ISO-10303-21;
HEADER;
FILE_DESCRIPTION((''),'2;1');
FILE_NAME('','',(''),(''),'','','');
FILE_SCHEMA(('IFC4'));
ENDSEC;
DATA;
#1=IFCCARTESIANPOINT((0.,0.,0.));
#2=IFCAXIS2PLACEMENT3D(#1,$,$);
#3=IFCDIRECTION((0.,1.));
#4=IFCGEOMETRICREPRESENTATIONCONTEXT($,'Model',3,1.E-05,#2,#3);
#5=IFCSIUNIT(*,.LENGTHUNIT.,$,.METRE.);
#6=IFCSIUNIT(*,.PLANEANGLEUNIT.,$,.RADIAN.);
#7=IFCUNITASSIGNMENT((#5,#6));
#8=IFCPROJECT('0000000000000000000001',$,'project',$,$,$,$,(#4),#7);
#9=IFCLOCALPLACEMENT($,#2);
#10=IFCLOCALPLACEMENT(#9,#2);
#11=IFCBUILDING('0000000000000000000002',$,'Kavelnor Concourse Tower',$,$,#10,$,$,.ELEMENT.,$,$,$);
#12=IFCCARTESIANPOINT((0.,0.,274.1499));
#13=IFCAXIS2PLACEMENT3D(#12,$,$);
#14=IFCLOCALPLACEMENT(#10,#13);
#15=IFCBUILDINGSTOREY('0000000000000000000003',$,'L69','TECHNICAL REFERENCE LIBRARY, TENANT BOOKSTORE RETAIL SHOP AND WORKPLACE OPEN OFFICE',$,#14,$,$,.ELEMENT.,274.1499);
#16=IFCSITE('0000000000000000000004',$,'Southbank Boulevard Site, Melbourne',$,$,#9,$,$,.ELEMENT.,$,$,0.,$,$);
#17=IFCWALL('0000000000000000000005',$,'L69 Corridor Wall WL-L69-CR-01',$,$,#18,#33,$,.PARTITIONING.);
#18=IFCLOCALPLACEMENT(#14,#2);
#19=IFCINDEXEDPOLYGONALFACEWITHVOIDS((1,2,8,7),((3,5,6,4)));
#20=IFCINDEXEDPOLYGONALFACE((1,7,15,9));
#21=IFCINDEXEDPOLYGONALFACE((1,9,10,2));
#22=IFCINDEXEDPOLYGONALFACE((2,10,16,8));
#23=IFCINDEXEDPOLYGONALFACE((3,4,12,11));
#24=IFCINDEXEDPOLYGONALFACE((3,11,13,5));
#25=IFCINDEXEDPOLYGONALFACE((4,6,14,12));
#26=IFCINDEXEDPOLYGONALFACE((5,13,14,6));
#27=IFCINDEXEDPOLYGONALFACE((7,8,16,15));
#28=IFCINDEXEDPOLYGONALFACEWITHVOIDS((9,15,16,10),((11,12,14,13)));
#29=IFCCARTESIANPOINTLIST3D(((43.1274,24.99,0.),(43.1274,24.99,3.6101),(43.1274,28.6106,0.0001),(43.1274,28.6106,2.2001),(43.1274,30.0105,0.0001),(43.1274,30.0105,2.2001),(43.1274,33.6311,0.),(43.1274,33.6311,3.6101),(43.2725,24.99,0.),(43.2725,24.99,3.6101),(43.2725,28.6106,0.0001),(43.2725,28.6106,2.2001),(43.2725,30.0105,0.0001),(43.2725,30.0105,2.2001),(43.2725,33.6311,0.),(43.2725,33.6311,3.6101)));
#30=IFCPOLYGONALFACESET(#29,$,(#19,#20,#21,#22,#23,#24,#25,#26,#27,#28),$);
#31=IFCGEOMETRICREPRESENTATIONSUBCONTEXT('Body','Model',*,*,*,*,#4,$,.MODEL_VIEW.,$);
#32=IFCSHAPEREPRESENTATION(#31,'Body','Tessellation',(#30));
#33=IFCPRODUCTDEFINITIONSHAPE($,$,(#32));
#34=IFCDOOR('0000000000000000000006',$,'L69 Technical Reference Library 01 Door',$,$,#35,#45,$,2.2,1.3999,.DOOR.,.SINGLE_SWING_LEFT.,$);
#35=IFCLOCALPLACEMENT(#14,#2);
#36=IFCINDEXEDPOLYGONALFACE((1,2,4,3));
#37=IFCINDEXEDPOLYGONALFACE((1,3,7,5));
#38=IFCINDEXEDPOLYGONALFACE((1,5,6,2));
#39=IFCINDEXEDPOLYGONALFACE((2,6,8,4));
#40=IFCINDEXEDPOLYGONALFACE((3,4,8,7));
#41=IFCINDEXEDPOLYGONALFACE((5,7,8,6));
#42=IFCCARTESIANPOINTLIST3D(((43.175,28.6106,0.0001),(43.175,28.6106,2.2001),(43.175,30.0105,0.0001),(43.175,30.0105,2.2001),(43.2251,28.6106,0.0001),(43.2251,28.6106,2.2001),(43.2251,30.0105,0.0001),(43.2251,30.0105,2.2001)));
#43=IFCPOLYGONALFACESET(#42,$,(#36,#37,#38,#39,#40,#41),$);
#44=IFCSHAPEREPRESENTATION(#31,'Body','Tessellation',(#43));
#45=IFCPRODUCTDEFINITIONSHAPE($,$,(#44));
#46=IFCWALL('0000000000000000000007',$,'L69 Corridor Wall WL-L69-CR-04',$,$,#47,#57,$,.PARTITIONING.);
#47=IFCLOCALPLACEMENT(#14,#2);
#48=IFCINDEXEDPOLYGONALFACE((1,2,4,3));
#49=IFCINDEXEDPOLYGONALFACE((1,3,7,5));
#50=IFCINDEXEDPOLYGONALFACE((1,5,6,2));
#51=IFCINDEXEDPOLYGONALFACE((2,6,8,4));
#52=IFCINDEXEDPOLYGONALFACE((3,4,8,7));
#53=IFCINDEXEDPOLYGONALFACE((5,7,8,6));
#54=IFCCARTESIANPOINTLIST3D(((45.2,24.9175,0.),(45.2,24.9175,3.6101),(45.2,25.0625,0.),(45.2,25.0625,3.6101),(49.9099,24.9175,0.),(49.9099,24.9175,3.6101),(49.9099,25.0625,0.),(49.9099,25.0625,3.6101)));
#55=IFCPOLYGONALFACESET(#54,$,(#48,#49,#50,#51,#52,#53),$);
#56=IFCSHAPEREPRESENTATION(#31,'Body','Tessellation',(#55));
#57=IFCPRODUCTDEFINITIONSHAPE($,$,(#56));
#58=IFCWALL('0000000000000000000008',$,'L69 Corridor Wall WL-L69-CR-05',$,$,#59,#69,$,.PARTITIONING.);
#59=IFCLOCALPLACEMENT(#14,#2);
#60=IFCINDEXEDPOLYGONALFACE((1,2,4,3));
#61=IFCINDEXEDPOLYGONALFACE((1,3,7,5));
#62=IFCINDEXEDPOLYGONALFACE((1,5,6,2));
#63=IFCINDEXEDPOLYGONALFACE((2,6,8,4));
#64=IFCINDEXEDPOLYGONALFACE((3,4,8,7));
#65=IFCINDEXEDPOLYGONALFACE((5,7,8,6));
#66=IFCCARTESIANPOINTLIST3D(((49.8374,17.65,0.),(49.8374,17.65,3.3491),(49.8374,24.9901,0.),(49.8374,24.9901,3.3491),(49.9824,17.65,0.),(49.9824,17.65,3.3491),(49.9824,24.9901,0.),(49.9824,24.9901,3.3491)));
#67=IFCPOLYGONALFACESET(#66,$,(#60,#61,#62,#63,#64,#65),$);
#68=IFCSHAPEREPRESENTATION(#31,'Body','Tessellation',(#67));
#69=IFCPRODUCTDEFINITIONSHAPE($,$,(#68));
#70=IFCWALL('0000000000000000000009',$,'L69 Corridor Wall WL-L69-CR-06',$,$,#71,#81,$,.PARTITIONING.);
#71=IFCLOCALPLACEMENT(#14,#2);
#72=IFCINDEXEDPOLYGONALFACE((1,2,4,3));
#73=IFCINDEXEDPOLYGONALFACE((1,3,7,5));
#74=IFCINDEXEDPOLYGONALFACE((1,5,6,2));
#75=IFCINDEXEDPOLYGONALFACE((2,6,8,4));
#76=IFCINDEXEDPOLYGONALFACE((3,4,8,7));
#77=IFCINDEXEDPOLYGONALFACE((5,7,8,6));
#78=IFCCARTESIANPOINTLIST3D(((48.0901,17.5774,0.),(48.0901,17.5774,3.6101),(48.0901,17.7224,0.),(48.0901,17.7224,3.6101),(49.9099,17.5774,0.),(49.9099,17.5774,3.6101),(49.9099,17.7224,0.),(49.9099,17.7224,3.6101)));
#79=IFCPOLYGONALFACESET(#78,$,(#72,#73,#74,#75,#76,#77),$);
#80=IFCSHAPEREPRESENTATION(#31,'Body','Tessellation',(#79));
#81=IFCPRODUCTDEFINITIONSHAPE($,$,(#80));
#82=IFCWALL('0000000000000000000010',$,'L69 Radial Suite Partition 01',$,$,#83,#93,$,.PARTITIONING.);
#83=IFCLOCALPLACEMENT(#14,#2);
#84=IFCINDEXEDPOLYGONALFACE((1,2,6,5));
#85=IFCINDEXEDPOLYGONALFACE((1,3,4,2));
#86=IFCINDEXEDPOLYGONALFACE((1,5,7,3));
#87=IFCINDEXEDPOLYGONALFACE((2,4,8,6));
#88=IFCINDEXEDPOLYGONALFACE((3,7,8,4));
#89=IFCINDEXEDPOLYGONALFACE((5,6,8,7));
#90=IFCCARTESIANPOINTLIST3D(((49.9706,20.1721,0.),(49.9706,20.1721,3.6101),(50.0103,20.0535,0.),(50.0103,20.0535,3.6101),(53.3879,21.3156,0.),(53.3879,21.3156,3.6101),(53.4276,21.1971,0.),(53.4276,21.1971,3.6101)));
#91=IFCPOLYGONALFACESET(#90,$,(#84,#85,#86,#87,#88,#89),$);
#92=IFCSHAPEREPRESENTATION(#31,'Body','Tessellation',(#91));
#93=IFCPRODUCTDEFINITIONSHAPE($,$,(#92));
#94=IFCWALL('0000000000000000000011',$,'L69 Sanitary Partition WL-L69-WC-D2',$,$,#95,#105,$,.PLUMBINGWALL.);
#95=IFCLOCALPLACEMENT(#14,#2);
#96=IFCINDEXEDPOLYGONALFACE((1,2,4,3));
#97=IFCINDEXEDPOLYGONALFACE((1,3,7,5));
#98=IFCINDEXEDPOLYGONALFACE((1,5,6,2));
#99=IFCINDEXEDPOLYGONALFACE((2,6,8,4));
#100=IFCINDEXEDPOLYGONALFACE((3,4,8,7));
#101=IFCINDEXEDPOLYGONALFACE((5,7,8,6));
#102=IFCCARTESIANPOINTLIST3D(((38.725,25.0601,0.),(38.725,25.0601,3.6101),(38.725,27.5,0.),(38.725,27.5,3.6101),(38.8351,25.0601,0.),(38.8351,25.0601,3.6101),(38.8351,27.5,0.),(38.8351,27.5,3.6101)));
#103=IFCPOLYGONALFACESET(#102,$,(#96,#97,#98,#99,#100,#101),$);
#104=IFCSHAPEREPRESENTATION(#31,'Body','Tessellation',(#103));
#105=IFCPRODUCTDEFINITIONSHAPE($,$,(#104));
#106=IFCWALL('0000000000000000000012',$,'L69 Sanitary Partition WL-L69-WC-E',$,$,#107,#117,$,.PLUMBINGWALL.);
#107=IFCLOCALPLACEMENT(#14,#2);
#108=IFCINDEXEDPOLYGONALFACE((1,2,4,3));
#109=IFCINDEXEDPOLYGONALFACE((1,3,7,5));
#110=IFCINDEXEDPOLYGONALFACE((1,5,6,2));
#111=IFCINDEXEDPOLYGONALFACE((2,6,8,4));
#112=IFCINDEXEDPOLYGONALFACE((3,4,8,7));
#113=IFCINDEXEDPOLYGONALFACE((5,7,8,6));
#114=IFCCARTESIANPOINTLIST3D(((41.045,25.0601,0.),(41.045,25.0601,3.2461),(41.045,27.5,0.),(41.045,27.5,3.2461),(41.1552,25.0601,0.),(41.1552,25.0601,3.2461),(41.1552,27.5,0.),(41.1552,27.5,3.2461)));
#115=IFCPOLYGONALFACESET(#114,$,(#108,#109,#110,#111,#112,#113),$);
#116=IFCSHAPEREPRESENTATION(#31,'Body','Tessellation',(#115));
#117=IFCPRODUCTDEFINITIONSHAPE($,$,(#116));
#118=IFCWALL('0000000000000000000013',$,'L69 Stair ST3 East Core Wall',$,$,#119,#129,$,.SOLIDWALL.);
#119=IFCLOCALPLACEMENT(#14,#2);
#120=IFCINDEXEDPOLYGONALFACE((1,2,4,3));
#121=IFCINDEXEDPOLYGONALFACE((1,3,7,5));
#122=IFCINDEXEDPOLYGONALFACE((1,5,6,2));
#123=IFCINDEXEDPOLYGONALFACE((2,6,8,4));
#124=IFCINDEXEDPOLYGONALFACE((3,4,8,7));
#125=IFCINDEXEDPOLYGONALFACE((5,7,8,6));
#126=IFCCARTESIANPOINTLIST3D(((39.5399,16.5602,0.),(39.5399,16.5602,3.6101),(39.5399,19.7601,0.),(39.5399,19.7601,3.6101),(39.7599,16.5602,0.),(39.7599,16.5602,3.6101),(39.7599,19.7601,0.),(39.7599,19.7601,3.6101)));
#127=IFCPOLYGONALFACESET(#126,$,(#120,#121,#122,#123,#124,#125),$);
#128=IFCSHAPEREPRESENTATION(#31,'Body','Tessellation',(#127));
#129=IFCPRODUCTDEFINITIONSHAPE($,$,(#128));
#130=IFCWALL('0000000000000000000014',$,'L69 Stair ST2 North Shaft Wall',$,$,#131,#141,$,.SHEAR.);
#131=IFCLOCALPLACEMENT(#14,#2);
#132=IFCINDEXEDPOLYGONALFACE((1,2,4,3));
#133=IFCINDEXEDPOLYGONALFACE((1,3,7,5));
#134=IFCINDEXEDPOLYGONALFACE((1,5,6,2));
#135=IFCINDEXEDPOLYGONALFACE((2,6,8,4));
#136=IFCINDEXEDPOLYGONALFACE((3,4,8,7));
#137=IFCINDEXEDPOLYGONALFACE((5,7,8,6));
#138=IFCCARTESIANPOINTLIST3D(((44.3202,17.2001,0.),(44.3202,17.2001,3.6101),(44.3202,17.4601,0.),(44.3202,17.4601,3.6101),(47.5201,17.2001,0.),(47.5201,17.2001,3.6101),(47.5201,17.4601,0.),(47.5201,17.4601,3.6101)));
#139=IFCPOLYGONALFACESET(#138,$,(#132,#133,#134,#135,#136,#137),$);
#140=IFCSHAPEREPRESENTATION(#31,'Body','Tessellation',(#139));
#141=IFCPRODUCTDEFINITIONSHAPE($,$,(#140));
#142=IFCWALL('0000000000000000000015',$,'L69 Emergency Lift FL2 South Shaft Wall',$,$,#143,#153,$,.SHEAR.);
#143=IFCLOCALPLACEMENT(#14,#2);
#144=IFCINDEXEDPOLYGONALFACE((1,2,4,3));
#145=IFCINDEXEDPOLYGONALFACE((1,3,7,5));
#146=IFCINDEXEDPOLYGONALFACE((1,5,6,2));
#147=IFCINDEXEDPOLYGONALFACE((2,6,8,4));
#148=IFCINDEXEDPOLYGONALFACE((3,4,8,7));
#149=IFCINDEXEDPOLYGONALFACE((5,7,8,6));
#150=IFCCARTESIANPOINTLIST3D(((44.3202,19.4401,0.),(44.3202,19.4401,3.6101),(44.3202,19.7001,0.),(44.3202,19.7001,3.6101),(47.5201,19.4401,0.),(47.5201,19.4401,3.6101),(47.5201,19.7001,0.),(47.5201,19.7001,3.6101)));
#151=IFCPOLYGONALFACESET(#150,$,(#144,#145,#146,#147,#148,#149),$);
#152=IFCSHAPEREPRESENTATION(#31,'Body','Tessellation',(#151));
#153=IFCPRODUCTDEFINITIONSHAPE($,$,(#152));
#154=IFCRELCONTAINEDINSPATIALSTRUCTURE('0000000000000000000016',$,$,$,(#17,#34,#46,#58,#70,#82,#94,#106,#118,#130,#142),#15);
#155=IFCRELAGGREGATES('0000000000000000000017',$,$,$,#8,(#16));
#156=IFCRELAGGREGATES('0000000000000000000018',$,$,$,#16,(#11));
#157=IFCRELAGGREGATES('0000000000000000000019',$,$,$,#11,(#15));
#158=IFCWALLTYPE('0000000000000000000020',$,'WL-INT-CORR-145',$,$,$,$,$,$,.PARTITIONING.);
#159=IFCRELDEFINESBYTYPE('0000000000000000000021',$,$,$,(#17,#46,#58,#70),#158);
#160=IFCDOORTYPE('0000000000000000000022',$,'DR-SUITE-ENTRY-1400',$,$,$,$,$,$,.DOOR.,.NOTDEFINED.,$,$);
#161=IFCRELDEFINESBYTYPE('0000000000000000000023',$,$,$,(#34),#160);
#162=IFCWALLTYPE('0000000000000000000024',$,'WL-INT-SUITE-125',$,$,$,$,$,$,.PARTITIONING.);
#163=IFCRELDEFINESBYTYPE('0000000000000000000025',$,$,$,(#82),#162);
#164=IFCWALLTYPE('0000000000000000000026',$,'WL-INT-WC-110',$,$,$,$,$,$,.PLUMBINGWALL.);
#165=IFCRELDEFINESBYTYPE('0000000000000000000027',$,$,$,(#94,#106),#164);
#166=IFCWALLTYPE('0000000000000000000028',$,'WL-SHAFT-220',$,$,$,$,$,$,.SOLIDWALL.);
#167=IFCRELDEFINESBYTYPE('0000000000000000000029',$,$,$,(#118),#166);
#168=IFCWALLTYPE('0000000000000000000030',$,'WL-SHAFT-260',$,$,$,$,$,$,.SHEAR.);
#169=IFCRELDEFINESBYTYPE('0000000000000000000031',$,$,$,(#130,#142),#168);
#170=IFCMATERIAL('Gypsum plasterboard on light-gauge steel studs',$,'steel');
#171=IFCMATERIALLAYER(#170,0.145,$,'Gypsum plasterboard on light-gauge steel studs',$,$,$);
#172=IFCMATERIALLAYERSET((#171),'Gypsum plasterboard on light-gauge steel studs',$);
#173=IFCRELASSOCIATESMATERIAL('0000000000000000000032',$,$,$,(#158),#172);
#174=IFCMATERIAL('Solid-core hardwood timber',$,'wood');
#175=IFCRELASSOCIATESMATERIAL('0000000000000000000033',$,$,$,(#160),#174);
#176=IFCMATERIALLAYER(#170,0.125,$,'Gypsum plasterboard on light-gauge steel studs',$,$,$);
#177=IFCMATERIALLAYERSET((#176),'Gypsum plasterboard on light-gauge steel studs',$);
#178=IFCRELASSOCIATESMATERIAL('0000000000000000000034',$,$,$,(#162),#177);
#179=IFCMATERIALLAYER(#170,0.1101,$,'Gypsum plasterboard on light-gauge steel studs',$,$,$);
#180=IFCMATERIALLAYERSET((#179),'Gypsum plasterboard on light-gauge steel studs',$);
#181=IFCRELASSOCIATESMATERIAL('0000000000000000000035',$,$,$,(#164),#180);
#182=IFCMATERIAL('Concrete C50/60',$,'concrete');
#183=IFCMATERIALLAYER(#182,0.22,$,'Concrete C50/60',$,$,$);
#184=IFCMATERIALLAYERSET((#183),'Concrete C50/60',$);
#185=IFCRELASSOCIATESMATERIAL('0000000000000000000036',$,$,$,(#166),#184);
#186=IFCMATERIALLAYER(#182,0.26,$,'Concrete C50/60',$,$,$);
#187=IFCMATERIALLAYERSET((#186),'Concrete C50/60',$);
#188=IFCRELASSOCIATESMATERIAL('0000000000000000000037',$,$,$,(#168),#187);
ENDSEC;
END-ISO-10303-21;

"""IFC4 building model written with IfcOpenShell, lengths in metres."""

from ifc_helpers import new_model, si_unit, direction, frame, frame_2d, origin, place, context, subcontext, project, spatial, rectangle, extrude, material, layer, layer_set, type_object, element, fill, save


model = new_model("IFC4")

# Units and contexts
model_context = context("Model", 3, precision=1e-05, world=origin(), true_north=direction((0.0, 1.0)))
body_context = subcontext(model_context, "Body", "Model", "MODEL_VIEW")
ifc_project = project(units=[si_unit("LENGTHUNIT", "METRE"), si_unit("PLANEANGLEUNIT", "RADIAN")], contexts=[model_context])

# Site, building, storey
site_placement = place(None, origin())
site = spatial("IfcSite", under=ifc_project, at=site_placement, Name="Southbank Boulevard Site, Melbourne", CompositionType="ELEMENT", RefElevation=0.0)
building_placement = place(site_placement, origin())
building = spatial("IfcBuilding", under=site, at=building_placement, Name="Kavelnor Concourse Tower", CompositionType="ELEMENT")
storey_placement = place(building_placement, frame((0.0, 0.0, 274.1499)))
storey = spatial("IfcBuildingStorey", under=building, at=storey_placement, Name="L69", Description="TECHNICAL REFERENCE LIBRARY, TENANT BOOKSTORE RETAIL SHOP AND WORKPLACE OPEN OFFICE", CompositionType="ELEMENT", Elevation=274.1499)

# Wall, opening, door
ifc_material_1 = material(Name="Gypsum plasterboard on light-gauge steel studs", Category="steel")
ifc_layer_1 = layer(ifc_material_1, 0.145, Name="Gypsum plasterboard on light-gauge steel studs")
ifc_layer_set_1 = layer_set([ifc_layer_1], Name="Gypsum plasterboard on light-gauge steel studs")
wall_type_1 = type_object("IfcWallType", Name="WL-INT-CORR-145", PredefinedType="PARTITIONING", material=ifc_layer_set_1)
wall_1_placement = place(storey_placement, frame((43.2, 24.99, 0.0), z_axis=(0.0, 0.0, 1.0), x_axis=(0.0, 1.0, 0.0)))
wall_1 = element("IfcWall", 1, at=wall_1_placement, inside=storey, type_object=wall_type_1, Name="L69 Corridor Wall WL-L69-CR-01", PredefinedType="PARTITIONING", context=body_context, shape_type="SweptSolid", body=[
    extrude(rectangle(XDim=8.6411, YDim=0.145, at=frame_2d((4.3206, 0.0))), origin(), (0.0, 0.0, 1.0), 3.6101),
])
opening_placement = place(wall_1_placement, frame((3.6206, 0.0, 0.0)))
opening = element("IfcOpeningElement", 2, at=opening_placement, cuts=wall_1, PredefinedType="OPENING", context=body_context, shape_type="SweptSolid", body=[
    extrude(rectangle(XDim=1.3999, YDim=2.2, at=frame_2d((0.7, 1.1001))), frame((0.0, 0.0825, 0.0), z_axis=(0.0, -1.0, 0.0), x_axis=(1.0, 0.0, 0.0)), (0.0, 0.0, 1.0), 0.165),
])
ifc_material_2 = material(Name="Solid-core hardwood timber", Category="wood")
door_type = type_object("IfcDoorType", Name="DR-SUITE-ENTRY-1400", OperationType="NOTDEFINED", PredefinedType="DOOR", material=ifc_material_2)
door_placement = place(opening_placement, origin())
door = element("IfcDoor", 3, at=door_placement, inside=storey, type_object=door_type, Name="L69 Technical Reference Library 01 Door", OperationType="SINGLE_SWING_LEFT", OverallHeight=2.2, OverallWidth=1.3999, PredefinedType="DOOR", context=body_context, shape_type="SweptSolid", body=[
    extrude(rectangle(XDim=1.3999, YDim=2.2, at=frame_2d((0.7, 1.1001))), frame((0.0, 0.0249, 0.0), z_axis=(0.0, -1.0, 0.0), x_axis=(1.0, 0.0, 0.0)), (0.0, 0.0, 1.0), 0.05),
])
fill(opening, door)

# Walls
wall_2_placement = place(storey_placement, frame((45.2, 24.99, 0.0), z_axis=(0.0, 0.0, 1.0), x_axis=(1.0, 0.0, 0.0)))
element("IfcWall", 4, at=wall_2_placement, inside=storey, type_object=wall_type_1, Name="L69 Corridor Wall WL-L69-CR-04", PredefinedType="PARTITIONING", context=body_context, shape_type="SweptSolid", body=[
    extrude(rectangle(XDim=4.71, YDim=0.145, at=frame_2d((2.355, 0.0))), origin(), (0.0, 0.0, 1.0), 3.6101),
])
wall_3_placement = place(storey_placement, frame((49.9099, 24.99, 0.0), z_axis=(0.0, 0.0, 1.0), x_axis=(0.0, -1.0, 0.0)))
element("IfcWall", 5, at=wall_3_placement, inside=storey, type_object=wall_type_1, Name="L69 Corridor Wall WL-L69-CR-05", PredefinedType="PARTITIONING", context=body_context, shape_type="SweptSolid", body=[
    extrude(rectangle(XDim=7.3401, YDim=0.145, at=frame_2d((3.6699, 0.0))), origin(), (0.0, 0.0, 1.0), 3.3491),
])
wall_4_placement = place(storey_placement, frame((49.9099, 17.6499, 0.0), z_axis=(0.0, 0.0, 1.0), x_axis=(-1.0, 0.0, 0.0)))
element("IfcWall", 6, at=wall_4_placement, inside=storey, type_object=wall_type_1, Name="L69 Corridor Wall WL-L69-CR-06", PredefinedType="PARTITIONING", context=body_context, shape_type="SweptSolid", body=[
    extrude(rectangle(XDim=1.8198, YDim=0.145, at=frame_2d((0.9099, 0.0))), origin(), (0.0, 0.0, 1.0), 3.6101),
])
ifc_layer_2 = layer(ifc_material_1, 0.125, Name="Gypsum plasterboard on light-gauge steel studs")
ifc_layer_set_2 = layer_set([ifc_layer_2], Name="Gypsum plasterboard on light-gauge steel studs")
wall_type_2 = type_object("IfcWallType", Name="WL-INT-SUITE-125", PredefinedType="PARTITIONING", material=ifc_layer_set_2)
wall_5_placement = place(storey_placement, frame((49.9905, 20.1128, 0.0), z_axis=(0.0, 0.0, 1.0), x_axis=(0.94831, 0.317345, 0.0)))
element("IfcWall", 7, at=wall_5_placement, inside=storey, type_object=wall_type_2, Name="L69 Radial Suite Partition 01", PredefinedType="PARTITIONING", context=body_context, shape_type="SweptSolid", body=[
    extrude(rectangle(XDim=3.6035, YDim=0.125, at=frame_2d((1.8018, 0.0))), origin(), (0.0, 0.0, 1.0), 3.6101),
])
ifc_layer_3 = layer(ifc_material_1, 0.1101, Name="Gypsum plasterboard on light-gauge steel studs")
ifc_layer_set_3 = layer_set([ifc_layer_3], Name="Gypsum plasterboard on light-gauge steel studs")
wall_type_3 = type_object("IfcWallType", Name="WL-INT-WC-110", PredefinedType="PLUMBINGWALL", material=ifc_layer_set_3)
wall_6_placement = place(storey_placement, frame((38.78, 25.0601, 0.0), z_axis=(0.0, 0.0, 1.0), x_axis=(0.0, 1.0, 0.0)))
element("IfcWall", 8, at=wall_6_placement, inside=storey, type_object=wall_type_3, Name="L69 Sanitary Partition WL-L69-WC-D2", PredefinedType="PLUMBINGWALL", context=body_context, shape_type="SweptSolid", body=[
    extrude(rectangle(XDim=2.4399, YDim=0.1101, at=frame_2d((1.22, 0.0))), origin(), (0.0, 0.0, 1.0), 3.6101),
])
wall_7_placement = place(storey_placement, frame((41.1001, 25.0601, 0.0), z_axis=(0.0, 0.0, 1.0), x_axis=(0.0, 1.0, 0.0)))
element("IfcWall", 9, at=wall_7_placement, inside=storey, type_object=wall_type_3, Name="L69 Sanitary Partition WL-L69-WC-E", PredefinedType="PLUMBINGWALL", context=body_context, shape_type="SweptSolid", body=[
    extrude(rectangle(XDim=2.4399, YDim=0.1101, at=frame_2d((1.22, 0.0))), origin(), (0.0, 0.0, 1.0), 3.2461),
])
ifc_material_3 = material(Name="Concrete C50/60", Category="concrete")
ifc_layer_4 = layer(ifc_material_3, 0.22, Name="Concrete C50/60")
ifc_layer_set_4 = layer_set([ifc_layer_4], Name="Concrete C50/60")
wall_type_4 = type_object("IfcWallType", Name="WL-SHAFT-220", PredefinedType="SOLIDWALL", material=ifc_layer_set_4)
wall_8_placement = place(storey_placement, frame((39.6499, 16.5601, 0.0), z_axis=(0.0, 0.0, 1.0), x_axis=(0.0, 1.0, 0.0)))
element("IfcWall", 10, at=wall_8_placement, inside=storey, type_object=wall_type_4, Name="L69 Stair ST3 East Core Wall", PredefinedType="SOLIDWALL", context=body_context, shape_type="SweptSolid", body=[
    extrude(rectangle(XDim=3.2, YDim=0.22, at=frame_2d((1.6001, 0.0))), origin(), (0.0, 0.0, 1.0), 3.6101),
])
ifc_layer_5 = layer(ifc_material_3, 0.26, Name="Concrete C50/60")
ifc_layer_set_5 = layer_set([ifc_layer_5], Name="Concrete C50/60")
wall_type_5 = type_object("IfcWallType", Name="WL-SHAFT-260", PredefinedType="SHEAR", material=ifc_layer_set_5)
for number, where, z_axis, x_axis, name in (
    (11, (44.3201, 17.3301, 0.0), (0.0, 0.0, 1.0), (1.0, 0.0, 0.0), "L69 Stair ST2 North Shaft Wall"),
    (12, (44.3201, 19.5701, 0.0), (0.0, 0.0, 1.0), (1.0, 0.0, 0.0), "L69 Emergency Lift FL2 South Shaft Wall"),
):
    element("IfcWall", number, at=place(storey_placement, frame(where, z_axis=z_axis, x_axis=x_axis)), inside=storey, type_object=wall_type_5, Name=name, PredefinedType="SHEAR", context=body_context, shape_type="SweptSolid", body=[
        extrude(rectangle(XDim=3.2, YDim=0.26, at=frame_2d((1.6001, 0.0))), origin(), (0.0, 0.0, 1.0), 3.6101),
    ])

save(model, "model.ifc")
